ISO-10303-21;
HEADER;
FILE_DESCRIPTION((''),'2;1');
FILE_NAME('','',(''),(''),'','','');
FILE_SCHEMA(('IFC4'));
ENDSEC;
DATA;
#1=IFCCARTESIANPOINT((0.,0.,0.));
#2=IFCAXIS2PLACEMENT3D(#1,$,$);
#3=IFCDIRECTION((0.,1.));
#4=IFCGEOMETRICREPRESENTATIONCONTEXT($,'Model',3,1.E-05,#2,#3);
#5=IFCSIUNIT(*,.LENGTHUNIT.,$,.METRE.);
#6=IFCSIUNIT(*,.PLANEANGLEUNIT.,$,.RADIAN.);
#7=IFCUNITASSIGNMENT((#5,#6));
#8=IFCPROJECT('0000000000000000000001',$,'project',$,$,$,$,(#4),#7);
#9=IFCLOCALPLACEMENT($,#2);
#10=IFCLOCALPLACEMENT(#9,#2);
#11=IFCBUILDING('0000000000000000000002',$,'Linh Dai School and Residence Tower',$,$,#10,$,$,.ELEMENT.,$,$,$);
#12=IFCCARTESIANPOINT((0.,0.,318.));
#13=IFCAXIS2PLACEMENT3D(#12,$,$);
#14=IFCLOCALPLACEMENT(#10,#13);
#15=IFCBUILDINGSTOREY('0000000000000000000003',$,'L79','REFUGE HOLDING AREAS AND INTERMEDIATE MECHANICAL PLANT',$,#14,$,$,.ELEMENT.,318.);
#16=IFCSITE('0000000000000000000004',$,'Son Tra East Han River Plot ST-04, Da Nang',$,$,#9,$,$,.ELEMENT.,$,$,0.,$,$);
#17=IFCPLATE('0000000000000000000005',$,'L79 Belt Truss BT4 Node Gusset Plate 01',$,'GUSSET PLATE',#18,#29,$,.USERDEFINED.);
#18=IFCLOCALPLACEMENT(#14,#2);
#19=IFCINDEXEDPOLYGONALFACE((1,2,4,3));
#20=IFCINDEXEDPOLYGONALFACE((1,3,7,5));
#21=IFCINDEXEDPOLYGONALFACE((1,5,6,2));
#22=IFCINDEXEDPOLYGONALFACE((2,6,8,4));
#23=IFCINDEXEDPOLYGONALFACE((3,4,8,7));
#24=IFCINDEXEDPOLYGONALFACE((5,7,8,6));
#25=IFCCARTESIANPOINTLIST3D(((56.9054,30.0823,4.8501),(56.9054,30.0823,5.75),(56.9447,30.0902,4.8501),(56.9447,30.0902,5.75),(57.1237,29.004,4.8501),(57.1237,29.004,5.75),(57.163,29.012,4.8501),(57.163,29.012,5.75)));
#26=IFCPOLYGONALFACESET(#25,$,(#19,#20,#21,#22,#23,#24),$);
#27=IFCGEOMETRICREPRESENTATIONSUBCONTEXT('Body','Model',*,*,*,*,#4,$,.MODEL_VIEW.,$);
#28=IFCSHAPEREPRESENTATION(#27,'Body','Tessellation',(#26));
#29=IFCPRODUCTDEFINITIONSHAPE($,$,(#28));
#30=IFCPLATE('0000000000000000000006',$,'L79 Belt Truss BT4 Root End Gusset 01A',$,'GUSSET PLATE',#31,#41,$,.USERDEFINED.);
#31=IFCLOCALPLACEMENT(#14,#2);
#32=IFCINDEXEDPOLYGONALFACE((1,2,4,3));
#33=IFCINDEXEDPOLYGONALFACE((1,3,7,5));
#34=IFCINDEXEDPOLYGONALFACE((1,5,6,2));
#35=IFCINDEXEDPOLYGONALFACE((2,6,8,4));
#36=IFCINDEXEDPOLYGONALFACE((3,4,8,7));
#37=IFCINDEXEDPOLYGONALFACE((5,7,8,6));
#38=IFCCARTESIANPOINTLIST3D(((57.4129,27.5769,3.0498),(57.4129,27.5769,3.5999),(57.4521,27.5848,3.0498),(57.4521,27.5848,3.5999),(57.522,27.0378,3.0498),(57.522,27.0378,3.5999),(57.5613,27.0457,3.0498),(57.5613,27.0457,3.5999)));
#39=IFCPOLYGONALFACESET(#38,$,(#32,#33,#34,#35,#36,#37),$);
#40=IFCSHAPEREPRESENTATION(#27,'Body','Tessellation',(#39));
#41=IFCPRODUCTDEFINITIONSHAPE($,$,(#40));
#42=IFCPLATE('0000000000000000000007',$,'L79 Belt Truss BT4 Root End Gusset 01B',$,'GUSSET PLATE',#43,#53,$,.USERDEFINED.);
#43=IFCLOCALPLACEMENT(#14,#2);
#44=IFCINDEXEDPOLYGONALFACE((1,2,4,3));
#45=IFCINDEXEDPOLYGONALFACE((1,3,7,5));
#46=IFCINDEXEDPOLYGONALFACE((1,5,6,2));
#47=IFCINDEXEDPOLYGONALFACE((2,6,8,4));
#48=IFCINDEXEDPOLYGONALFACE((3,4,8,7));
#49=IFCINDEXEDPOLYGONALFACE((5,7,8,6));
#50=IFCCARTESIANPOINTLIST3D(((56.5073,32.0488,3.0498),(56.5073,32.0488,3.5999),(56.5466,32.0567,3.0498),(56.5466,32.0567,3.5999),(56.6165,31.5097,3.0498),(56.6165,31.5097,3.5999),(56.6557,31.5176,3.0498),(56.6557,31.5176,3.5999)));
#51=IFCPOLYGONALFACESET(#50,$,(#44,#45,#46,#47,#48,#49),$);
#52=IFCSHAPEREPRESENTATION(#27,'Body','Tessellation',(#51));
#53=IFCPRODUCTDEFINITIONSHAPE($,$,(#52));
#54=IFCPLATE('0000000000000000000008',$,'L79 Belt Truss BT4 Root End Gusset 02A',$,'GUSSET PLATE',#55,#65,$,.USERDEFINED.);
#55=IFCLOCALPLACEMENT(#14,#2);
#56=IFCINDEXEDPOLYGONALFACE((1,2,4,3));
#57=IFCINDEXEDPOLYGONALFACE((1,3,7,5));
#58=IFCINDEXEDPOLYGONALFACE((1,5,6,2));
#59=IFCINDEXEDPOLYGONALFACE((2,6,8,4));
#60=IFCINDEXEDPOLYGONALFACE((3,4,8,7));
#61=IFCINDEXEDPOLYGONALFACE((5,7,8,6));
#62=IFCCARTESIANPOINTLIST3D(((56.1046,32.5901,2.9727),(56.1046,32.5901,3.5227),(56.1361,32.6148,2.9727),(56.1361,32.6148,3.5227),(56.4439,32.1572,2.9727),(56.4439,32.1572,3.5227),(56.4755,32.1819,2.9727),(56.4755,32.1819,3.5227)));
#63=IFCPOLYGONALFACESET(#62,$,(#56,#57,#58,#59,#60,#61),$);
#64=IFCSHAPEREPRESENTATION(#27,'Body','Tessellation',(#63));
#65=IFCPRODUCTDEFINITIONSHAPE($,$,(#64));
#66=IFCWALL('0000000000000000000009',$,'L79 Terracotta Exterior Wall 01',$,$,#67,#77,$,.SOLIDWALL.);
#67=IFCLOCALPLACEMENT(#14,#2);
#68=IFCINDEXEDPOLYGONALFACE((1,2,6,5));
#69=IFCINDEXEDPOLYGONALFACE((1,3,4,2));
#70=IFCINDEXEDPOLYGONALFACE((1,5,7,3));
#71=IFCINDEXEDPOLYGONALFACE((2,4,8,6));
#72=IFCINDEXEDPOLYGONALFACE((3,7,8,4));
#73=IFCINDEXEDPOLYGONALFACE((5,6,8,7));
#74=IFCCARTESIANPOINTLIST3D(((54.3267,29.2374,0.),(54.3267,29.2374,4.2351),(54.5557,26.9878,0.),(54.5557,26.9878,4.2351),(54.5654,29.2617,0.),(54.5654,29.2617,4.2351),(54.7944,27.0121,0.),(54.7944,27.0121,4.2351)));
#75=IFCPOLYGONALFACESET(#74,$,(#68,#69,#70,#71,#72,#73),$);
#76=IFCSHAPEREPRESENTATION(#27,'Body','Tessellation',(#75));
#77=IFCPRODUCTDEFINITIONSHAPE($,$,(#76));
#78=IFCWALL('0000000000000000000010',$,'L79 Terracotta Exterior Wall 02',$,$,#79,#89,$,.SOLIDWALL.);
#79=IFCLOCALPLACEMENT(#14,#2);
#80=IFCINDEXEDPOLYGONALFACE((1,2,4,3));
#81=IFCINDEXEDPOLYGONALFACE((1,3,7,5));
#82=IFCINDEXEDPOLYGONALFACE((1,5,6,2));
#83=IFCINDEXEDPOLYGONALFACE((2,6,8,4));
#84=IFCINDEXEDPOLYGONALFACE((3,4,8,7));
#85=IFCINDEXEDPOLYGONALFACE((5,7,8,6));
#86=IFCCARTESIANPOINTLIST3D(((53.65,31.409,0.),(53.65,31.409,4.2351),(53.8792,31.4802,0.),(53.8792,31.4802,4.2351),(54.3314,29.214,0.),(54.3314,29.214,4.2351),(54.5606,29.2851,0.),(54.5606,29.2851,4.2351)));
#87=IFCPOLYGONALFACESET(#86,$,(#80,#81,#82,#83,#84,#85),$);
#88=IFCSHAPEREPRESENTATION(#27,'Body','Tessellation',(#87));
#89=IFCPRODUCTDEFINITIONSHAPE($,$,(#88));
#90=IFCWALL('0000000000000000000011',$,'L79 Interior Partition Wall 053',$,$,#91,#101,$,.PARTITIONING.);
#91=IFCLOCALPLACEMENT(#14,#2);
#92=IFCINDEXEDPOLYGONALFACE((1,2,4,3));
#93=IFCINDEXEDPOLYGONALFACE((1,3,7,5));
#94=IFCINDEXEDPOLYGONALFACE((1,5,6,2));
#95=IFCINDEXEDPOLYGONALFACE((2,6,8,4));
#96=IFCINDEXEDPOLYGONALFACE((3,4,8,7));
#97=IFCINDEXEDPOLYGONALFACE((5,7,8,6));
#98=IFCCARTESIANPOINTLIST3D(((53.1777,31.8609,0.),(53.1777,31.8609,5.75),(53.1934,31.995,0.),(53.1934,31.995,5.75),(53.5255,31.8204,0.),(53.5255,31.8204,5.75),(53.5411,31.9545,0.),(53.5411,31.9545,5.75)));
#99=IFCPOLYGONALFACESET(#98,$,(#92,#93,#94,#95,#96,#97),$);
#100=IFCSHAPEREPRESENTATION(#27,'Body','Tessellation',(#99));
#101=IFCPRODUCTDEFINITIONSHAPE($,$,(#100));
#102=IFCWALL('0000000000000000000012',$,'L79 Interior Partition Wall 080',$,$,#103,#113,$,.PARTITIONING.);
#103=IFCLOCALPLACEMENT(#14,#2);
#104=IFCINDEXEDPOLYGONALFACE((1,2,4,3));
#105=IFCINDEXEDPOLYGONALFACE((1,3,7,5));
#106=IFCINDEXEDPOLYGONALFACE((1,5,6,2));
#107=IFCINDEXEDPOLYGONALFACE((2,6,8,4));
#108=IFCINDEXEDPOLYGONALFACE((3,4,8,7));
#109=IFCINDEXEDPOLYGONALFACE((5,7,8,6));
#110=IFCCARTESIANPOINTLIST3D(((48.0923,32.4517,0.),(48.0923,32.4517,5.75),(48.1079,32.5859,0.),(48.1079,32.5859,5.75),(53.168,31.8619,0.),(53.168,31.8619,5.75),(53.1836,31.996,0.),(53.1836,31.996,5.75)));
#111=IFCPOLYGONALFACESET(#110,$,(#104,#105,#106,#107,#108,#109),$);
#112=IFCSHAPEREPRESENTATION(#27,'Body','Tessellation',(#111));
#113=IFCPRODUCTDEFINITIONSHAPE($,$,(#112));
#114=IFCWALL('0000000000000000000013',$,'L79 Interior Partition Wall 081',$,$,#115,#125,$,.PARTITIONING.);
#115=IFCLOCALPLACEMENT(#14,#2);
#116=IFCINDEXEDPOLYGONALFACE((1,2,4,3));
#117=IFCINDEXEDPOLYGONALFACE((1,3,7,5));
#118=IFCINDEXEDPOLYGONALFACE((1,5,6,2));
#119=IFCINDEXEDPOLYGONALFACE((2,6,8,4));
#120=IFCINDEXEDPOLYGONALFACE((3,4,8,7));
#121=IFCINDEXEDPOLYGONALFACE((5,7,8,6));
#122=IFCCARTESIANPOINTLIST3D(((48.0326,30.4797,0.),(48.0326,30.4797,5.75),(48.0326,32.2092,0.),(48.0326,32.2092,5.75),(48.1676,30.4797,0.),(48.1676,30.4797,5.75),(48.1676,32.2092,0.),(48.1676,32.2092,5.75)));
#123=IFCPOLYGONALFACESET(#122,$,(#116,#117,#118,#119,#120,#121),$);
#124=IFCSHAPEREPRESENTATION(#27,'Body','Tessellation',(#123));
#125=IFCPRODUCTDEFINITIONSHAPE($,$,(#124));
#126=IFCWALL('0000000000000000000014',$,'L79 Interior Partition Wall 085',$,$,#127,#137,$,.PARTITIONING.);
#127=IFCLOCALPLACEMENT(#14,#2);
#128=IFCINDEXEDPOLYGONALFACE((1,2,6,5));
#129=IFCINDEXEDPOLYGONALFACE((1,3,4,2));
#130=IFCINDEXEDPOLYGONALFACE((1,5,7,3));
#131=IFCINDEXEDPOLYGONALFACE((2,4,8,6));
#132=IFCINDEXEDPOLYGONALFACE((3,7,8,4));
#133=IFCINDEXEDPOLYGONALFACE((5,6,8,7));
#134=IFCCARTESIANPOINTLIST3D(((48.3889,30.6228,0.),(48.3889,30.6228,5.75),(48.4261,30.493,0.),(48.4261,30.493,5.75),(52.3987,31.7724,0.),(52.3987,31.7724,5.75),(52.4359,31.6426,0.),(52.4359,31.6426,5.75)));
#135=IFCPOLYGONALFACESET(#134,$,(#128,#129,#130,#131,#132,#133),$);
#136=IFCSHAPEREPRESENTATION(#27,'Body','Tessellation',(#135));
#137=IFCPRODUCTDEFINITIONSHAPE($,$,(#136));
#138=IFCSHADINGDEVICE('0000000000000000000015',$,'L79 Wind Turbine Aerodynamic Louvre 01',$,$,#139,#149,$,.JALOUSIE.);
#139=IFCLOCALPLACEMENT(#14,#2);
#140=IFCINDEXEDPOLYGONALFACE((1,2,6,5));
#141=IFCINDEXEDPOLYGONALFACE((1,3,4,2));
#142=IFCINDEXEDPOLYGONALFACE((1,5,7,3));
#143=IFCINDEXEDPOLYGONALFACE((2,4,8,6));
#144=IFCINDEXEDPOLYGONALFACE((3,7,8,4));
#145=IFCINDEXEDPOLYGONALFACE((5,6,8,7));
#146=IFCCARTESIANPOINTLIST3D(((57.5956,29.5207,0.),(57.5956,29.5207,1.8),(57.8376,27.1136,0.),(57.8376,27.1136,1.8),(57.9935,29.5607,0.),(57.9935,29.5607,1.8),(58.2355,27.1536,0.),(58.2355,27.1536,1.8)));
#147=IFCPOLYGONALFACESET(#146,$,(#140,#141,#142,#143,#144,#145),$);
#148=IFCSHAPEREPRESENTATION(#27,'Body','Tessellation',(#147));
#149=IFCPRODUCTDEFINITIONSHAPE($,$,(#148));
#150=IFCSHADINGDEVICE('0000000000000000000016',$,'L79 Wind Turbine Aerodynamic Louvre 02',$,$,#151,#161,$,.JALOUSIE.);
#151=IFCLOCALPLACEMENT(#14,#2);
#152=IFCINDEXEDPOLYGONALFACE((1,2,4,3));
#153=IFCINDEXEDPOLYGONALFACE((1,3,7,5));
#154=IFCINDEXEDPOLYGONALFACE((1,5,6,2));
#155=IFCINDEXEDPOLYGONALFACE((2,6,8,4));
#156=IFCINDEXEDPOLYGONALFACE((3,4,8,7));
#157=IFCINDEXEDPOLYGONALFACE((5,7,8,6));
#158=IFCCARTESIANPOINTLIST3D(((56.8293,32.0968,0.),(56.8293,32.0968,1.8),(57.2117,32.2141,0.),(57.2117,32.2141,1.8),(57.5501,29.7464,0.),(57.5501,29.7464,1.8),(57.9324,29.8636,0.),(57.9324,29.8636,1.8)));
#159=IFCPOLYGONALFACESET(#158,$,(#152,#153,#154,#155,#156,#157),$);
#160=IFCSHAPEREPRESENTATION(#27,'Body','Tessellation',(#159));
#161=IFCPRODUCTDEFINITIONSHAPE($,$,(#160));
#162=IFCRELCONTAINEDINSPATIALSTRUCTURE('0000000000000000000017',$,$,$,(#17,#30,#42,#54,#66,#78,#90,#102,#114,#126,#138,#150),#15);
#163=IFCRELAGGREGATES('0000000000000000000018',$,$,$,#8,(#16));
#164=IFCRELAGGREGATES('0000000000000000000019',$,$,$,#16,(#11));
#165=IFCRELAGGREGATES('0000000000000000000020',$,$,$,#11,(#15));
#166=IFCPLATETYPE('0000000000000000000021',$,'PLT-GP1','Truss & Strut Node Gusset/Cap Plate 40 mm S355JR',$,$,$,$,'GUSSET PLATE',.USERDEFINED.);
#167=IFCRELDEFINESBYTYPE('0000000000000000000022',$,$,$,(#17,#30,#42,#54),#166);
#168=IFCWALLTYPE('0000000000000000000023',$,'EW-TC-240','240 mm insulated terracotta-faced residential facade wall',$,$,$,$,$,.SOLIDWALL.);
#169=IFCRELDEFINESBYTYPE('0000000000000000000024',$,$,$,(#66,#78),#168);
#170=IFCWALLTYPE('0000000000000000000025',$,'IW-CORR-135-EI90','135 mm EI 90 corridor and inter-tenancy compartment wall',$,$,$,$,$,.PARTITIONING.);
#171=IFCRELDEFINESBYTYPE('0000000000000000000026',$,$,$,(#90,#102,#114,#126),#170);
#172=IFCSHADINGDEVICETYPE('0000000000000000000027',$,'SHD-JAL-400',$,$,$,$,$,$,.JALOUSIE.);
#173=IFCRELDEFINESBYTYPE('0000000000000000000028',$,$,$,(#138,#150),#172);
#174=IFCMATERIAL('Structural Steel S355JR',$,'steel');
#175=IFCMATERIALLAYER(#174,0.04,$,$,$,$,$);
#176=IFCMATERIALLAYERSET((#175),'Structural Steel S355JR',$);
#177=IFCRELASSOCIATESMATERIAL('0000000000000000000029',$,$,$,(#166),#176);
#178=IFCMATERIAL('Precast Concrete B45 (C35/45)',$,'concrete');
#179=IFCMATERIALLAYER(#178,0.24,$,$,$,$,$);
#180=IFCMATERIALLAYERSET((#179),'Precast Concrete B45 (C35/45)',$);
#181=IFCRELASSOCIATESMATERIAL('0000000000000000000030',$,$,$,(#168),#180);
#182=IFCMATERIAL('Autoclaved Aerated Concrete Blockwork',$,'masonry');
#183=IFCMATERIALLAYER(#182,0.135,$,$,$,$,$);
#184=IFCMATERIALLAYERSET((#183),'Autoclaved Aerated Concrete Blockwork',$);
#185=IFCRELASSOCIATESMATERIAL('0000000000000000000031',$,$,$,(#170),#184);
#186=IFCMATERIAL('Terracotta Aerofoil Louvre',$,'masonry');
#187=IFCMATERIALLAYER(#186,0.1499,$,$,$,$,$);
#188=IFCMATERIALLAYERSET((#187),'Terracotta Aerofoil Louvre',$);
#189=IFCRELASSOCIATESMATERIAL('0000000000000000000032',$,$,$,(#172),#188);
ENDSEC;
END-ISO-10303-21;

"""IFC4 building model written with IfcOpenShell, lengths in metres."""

from ifc_helpers import new_model, si_unit, direction, frame, frame_2d, origin, origin_2d, place, context, subcontext, project, spatial, rectangle, extrude, source, transform, mapped, material, layer, layer_set, type_object, element, save


model = new_model("IFC4")

# Units and contexts
model_context = context("Model", 3, precision=1e-05, world=origin(), true_north=direction((0.0, 1.0)))
body_context = subcontext(model_context, "Body", "Model", "MODEL_VIEW")
ifc_project = project(units=[si_unit("LENGTHUNIT", "METRE"), si_unit("PLANEANGLEUNIT", "RADIAN")], contexts=[model_context])

# Site, building, storey
site_placement = place(None, origin())
site = spatial("IfcSite", under=ifc_project, at=site_placement, Name="Son Tra East Han River Plot ST-04, Da Nang", CompositionType="ELEMENT", RefElevation=0.0)
building_placement = place(site_placement, origin())
building = spatial("IfcBuilding", under=site, at=building_placement, Name="Linh Dai School and Residence Tower", CompositionType="ELEMENT")
storey_placement = place(building_placement, frame((0.0, 0.0, 318.0)))
storey = spatial("IfcBuildingStorey", under=building, at=storey_placement, Name="L79", Description="REFUGE HOLDING AREAS AND INTERMEDIATE MECHANICAL PLANT", CompositionType="ELEMENT", Elevation=318.0)

# Shared definitions
ifc_material_1 = material(Name="Structural Steel S355JR", Category="steel")

# Plates
ifc_layer_1 = layer(ifc_material_1, 0.04)
ifc_layer_set_1 = layer_set([ifc_layer_1], Name="Structural Steel S355JR")
plate_type = type_object("IfcPlateType", Name="PLT-GP1", Description="Truss & Strut Node Gusset/Cap Plate 40 mm S355JR", ElementType="GUSSET PLATE", PredefinedType="USERDEFINED", material=ifc_layer_set_1)
shared_shape_1 = source(origin(), body_context, "Body", "SweptSolid", [
    extrude(rectangle(XDim=1.1001, YDim=0.04, at=origin_2d()), origin(), (0.0, 0.0, 1.0), 0.8999),
])
plate_placement = place(storey_placement, frame((57.0342, 29.5471, 4.8501), z_axis=(0.0, 0.0, 1.0), x_axis=(-0.198437, 0.980114, 0.0)))
element("IfcPlate", 1, at=plate_placement, inside=storey, type_object=plate_type, Name="L79 Belt Truss BT4 Node Gusset Plate 01", ObjectType="GUSSET PLATE", PredefinedType="USERDEFINED", context=body_context, shape_type="MappedRepresentation", body=[
    mapped(shared_shape_1, transform((0.0, 0.0, 0.0), x_axis=(1.0, 0.0, 0.0), y_axis=(0.0, 1.0, 0.0), z_axis=(0.0, 0.0, 1.0), scale=1.0)),
])
shared_shape_2 = source(origin(), body_context, "Body", "SweptSolid", [
    extrude(rectangle(XDim=0.55, YDim=0.04, at=origin_2d()), origin(), (0.0, 0.0, 1.0), 0.55),
])
for number, where, z_axis, x_axis, name in (
    (2, (57.4871, 27.3113, 3.0498), (0.0, 0.0, 1.0), (-0.198437, 0.980114, 0.0), "L79 Belt Truss BT4 Root End Gusset 01A"),
    (3, (56.5815, 31.7832, 3.0498), (0.0, 0.0, 1.0), (-0.198437, 0.980114, 0.0), "L79 Belt Truss BT4 Root End Gusset 01B"),
    (4, (56.29, 32.386, 2.9727), (0.0, 0.0, 1.0), (-0.616871, 0.787064, 0.0), "L79 Belt Truss BT4 Root End Gusset 02A"),
):
    element("IfcPlate", number, at=place(storey_placement, frame(where, z_axis=z_axis, x_axis=x_axis)), inside=storey, type_object=plate_type, Name=name, ObjectType="GUSSET PLATE", PredefinedType="USERDEFINED", context=body_context, shape_type="MappedRepresentation", body=[
        mapped(shared_shape_2, transform((0.0, 0.0, 0.0), x_axis=(1.0, 0.0, 0.0), y_axis=(0.0, 1.0, 0.0), z_axis=(0.0, 0.0, 1.0), scale=1.0)),
    ])

# Walls
ifc_material_2 = material(Name="Precast Concrete B45 (C35/45)", Category="concrete")
ifc_layer_2 = layer(ifc_material_2, 0.24)
ifc_layer_set_2 = layer_set([ifc_layer_2], Name="Precast Concrete B45 (C35/45)")
wall_type_1 = type_object("IfcWallType", Name="EW-TC-240", Description="240 mm insulated terracotta-faced residential facade wall", PredefinedType="SOLIDWALL", material=ifc_layer_set_2)
wall_1_placement = place(storey_placement, frame((54.446, 29.2495, 0.0), z_axis=(0.0, 0.0, 1.0), x_axis=(0.101278, -0.994858, 0.0)))
element("IfcWall", 5, at=wall_1_placement, inside=storey, type_object=wall_type_1, Name="L79 Terracotta Exterior Wall 01", PredefinedType="SOLIDWALL", context=body_context, shape_type="SweptSolid", body=[
    extrude(rectangle(XDim=2.2612, YDim=0.24, at=frame_2d((1.1306, 0.0))), origin(), (0.0, 0.0, 1.0), 4.2351),
])
wall_2_placement = place(storey_placement, frame((53.7646, 31.4446, 0.0), z_axis=(0.0, 0.0, 1.0), x_axis=(0.296466, -0.955043, 0.0)))
element("IfcWall", 6, at=wall_2_placement, inside=storey, type_object=wall_type_1, Name="L79 Terracotta Exterior Wall 02", PredefinedType="SOLIDWALL", context=body_context, shape_type="SweptSolid", body=[
    extrude(rectangle(XDim=2.2983, YDim=0.24, at=frame_2d((1.1492, 0.0))), origin(), (0.0, 0.0, 1.0), 4.2351),
])
ifc_material_3 = material(Name="Autoclaved Aerated Concrete Blockwork", Category="masonry")
ifc_layer_3 = layer(ifc_material_3, 0.135)
ifc_layer_set_3 = layer_set([ifc_layer_3], Name="Autoclaved Aerated Concrete Blockwork")
wall_type_2 = type_object("IfcWallType", Name="IW-CORR-135-EI90", Description="135 mm EI 90 corridor and inter-tenancy compartment wall", PredefinedType="PARTITIONING", material=ifc_layer_set_3)
wall_3_placement = place(storey_placement, frame((53.1855, 31.928, 0.0), z_axis=(0.0, 0.0, 1.0), x_axis=(0.993274, -0.115789, 0.0)))
element("IfcWall", 7, at=wall_3_placement, inside=storey, type_object=wall_type_2, Name="L79 Interior Partition Wall 053", PredefinedType="PARTITIONING", context=body_context, shape_type="SweptSolid", body=[
    extrude(rectangle(XDim=0.3501, YDim=0.135, at=frame_2d((0.175, 0.0))), origin(), (0.0, 0.0, 1.0), 5.75),
])
wall_4_placement = place(storey_placement, frame((53.1758, 31.929, 0.0), z_axis=(0.0, 0.0, 1.0), x_axis=(-0.993315, 0.115433, 0.0)))
element("IfcWall", 8, at=wall_4_placement, inside=storey, type_object=wall_type_2, Name="L79 Interior Partition Wall 080", PredefinedType="PARTITIONING", context=body_context, shape_type="SweptSolid", body=[
    extrude(rectangle(XDim=5.1099, YDim=0.135, at=frame_2d((2.5549, 0.0))), origin(), (0.0, 0.0, 1.0), 5.75),
])
wall_5_placement = place(storey_placement, frame((48.1001, 32.2092, 0.0), z_axis=(0.0, 0.0, 1.0), x_axis=(0.0, -1.0, 0.0)))
element("IfcWall", 9, at=wall_5_placement, inside=storey, type_object=wall_type_2, Name="L79 Interior Partition Wall 081", PredefinedType="PARTITIONING", context=body_context, shape_type="SweptSolid", body=[
    extrude(rectangle(XDim=1.7295, YDim=0.135, at=frame_2d((0.8647, 0.0))), origin(), (0.0, 0.0, 1.0), 5.75),
])
wall_6_placement = place(storey_placement, frame((48.4075, 30.5579, 0.0), z_axis=(0.0, 0.0, 1.0), x_axis=(0.96127, 0.27561, 0.0)))
element("IfcWall", 10, at=wall_6_placement, inside=storey, type_object=wall_type_2, Name="L79 Interior Partition Wall 085", PredefinedType="PARTITIONING", context=body_context, shape_type="SweptSolid", body=[
    extrude(rectangle(XDim=4.1714, YDim=0.135, at=frame_2d((2.0857, 0.0))), origin(), (0.0, 0.0, 1.0), 5.75),
])

# Shading devices
ifc_material_4 = material(Name="Terracotta Aerofoil Louvre", Category="masonry")
ifc_layer_4 = layer(ifc_material_4, 0.1499)
ifc_layer_set_4 = layer_set([ifc_layer_4], Name="Terracotta Aerofoil Louvre")
shading_device_type = type_object("IfcShadingDeviceType", Name="SHD-JAL-400", PredefinedType="JALOUSIE", material=ifc_layer_set_4)
shared_shape_3 = source(origin(), body_context, "Body", "SweptSolid", [
    extrude(rectangle(XDim=2.4192, YDim=0.3999, at=origin_2d()), origin(), (0.0, 0.0, 1.0), 1.8),
])
shading_device_1_placement = place(storey_placement, frame((57.9155, 28.3372, 0.0), z_axis=(0.0, 0.0, 1.0), x_axis=(0.100015, -0.994986, 0.0)))
element("IfcShadingDevice", 11, at=shading_device_1_placement, inside=storey, type_object=shading_device_type, Name="L79 Wind Turbine Aerodynamic Louvre 01", PredefinedType="JALOUSIE", context=body_context, shape_type="MappedRepresentation", body=[
    mapped(shared_shape_3, transform((0.0, 0.0, 0.0), x_axis=(1.0, 0.0, 0.0), y_axis=(0.0, 1.0, 0.0), z_axis=(0.0, 0.0, 1.0), scale=1.0)),
])
shared_shape_4 = source(origin(), body_context, "Body", "SweptSolid", [
    extrude(rectangle(XDim=2.4585, YDim=0.3999, at=origin_2d()), origin(), (0.0, 0.0, 1.0), 1.8),
])
shading_device_2_placement = place(storey_placement, frame((57.3809, 30.9802, 0.0), z_axis=(0.0, 0.0, 1.0), x_axis=(0.293157, -0.956064, 0.0)))
element("IfcShadingDevice", 12, at=shading_device_2_placement, inside=storey, type_object=shading_device_type, Name="L79 Wind Turbine Aerodynamic Louvre 02", PredefinedType="JALOUSIE", context=body_context, shape_type="MappedRepresentation", body=[
    mapped(shared_shape_4, transform((0.0, 0.0, 0.0), x_axis=(1.0, 0.0, 0.0), y_axis=(0.0, 1.0, 0.0), z_axis=(0.0, 0.0, 1.0), scale=1.0)),
])

save(model, "model.ifc")
